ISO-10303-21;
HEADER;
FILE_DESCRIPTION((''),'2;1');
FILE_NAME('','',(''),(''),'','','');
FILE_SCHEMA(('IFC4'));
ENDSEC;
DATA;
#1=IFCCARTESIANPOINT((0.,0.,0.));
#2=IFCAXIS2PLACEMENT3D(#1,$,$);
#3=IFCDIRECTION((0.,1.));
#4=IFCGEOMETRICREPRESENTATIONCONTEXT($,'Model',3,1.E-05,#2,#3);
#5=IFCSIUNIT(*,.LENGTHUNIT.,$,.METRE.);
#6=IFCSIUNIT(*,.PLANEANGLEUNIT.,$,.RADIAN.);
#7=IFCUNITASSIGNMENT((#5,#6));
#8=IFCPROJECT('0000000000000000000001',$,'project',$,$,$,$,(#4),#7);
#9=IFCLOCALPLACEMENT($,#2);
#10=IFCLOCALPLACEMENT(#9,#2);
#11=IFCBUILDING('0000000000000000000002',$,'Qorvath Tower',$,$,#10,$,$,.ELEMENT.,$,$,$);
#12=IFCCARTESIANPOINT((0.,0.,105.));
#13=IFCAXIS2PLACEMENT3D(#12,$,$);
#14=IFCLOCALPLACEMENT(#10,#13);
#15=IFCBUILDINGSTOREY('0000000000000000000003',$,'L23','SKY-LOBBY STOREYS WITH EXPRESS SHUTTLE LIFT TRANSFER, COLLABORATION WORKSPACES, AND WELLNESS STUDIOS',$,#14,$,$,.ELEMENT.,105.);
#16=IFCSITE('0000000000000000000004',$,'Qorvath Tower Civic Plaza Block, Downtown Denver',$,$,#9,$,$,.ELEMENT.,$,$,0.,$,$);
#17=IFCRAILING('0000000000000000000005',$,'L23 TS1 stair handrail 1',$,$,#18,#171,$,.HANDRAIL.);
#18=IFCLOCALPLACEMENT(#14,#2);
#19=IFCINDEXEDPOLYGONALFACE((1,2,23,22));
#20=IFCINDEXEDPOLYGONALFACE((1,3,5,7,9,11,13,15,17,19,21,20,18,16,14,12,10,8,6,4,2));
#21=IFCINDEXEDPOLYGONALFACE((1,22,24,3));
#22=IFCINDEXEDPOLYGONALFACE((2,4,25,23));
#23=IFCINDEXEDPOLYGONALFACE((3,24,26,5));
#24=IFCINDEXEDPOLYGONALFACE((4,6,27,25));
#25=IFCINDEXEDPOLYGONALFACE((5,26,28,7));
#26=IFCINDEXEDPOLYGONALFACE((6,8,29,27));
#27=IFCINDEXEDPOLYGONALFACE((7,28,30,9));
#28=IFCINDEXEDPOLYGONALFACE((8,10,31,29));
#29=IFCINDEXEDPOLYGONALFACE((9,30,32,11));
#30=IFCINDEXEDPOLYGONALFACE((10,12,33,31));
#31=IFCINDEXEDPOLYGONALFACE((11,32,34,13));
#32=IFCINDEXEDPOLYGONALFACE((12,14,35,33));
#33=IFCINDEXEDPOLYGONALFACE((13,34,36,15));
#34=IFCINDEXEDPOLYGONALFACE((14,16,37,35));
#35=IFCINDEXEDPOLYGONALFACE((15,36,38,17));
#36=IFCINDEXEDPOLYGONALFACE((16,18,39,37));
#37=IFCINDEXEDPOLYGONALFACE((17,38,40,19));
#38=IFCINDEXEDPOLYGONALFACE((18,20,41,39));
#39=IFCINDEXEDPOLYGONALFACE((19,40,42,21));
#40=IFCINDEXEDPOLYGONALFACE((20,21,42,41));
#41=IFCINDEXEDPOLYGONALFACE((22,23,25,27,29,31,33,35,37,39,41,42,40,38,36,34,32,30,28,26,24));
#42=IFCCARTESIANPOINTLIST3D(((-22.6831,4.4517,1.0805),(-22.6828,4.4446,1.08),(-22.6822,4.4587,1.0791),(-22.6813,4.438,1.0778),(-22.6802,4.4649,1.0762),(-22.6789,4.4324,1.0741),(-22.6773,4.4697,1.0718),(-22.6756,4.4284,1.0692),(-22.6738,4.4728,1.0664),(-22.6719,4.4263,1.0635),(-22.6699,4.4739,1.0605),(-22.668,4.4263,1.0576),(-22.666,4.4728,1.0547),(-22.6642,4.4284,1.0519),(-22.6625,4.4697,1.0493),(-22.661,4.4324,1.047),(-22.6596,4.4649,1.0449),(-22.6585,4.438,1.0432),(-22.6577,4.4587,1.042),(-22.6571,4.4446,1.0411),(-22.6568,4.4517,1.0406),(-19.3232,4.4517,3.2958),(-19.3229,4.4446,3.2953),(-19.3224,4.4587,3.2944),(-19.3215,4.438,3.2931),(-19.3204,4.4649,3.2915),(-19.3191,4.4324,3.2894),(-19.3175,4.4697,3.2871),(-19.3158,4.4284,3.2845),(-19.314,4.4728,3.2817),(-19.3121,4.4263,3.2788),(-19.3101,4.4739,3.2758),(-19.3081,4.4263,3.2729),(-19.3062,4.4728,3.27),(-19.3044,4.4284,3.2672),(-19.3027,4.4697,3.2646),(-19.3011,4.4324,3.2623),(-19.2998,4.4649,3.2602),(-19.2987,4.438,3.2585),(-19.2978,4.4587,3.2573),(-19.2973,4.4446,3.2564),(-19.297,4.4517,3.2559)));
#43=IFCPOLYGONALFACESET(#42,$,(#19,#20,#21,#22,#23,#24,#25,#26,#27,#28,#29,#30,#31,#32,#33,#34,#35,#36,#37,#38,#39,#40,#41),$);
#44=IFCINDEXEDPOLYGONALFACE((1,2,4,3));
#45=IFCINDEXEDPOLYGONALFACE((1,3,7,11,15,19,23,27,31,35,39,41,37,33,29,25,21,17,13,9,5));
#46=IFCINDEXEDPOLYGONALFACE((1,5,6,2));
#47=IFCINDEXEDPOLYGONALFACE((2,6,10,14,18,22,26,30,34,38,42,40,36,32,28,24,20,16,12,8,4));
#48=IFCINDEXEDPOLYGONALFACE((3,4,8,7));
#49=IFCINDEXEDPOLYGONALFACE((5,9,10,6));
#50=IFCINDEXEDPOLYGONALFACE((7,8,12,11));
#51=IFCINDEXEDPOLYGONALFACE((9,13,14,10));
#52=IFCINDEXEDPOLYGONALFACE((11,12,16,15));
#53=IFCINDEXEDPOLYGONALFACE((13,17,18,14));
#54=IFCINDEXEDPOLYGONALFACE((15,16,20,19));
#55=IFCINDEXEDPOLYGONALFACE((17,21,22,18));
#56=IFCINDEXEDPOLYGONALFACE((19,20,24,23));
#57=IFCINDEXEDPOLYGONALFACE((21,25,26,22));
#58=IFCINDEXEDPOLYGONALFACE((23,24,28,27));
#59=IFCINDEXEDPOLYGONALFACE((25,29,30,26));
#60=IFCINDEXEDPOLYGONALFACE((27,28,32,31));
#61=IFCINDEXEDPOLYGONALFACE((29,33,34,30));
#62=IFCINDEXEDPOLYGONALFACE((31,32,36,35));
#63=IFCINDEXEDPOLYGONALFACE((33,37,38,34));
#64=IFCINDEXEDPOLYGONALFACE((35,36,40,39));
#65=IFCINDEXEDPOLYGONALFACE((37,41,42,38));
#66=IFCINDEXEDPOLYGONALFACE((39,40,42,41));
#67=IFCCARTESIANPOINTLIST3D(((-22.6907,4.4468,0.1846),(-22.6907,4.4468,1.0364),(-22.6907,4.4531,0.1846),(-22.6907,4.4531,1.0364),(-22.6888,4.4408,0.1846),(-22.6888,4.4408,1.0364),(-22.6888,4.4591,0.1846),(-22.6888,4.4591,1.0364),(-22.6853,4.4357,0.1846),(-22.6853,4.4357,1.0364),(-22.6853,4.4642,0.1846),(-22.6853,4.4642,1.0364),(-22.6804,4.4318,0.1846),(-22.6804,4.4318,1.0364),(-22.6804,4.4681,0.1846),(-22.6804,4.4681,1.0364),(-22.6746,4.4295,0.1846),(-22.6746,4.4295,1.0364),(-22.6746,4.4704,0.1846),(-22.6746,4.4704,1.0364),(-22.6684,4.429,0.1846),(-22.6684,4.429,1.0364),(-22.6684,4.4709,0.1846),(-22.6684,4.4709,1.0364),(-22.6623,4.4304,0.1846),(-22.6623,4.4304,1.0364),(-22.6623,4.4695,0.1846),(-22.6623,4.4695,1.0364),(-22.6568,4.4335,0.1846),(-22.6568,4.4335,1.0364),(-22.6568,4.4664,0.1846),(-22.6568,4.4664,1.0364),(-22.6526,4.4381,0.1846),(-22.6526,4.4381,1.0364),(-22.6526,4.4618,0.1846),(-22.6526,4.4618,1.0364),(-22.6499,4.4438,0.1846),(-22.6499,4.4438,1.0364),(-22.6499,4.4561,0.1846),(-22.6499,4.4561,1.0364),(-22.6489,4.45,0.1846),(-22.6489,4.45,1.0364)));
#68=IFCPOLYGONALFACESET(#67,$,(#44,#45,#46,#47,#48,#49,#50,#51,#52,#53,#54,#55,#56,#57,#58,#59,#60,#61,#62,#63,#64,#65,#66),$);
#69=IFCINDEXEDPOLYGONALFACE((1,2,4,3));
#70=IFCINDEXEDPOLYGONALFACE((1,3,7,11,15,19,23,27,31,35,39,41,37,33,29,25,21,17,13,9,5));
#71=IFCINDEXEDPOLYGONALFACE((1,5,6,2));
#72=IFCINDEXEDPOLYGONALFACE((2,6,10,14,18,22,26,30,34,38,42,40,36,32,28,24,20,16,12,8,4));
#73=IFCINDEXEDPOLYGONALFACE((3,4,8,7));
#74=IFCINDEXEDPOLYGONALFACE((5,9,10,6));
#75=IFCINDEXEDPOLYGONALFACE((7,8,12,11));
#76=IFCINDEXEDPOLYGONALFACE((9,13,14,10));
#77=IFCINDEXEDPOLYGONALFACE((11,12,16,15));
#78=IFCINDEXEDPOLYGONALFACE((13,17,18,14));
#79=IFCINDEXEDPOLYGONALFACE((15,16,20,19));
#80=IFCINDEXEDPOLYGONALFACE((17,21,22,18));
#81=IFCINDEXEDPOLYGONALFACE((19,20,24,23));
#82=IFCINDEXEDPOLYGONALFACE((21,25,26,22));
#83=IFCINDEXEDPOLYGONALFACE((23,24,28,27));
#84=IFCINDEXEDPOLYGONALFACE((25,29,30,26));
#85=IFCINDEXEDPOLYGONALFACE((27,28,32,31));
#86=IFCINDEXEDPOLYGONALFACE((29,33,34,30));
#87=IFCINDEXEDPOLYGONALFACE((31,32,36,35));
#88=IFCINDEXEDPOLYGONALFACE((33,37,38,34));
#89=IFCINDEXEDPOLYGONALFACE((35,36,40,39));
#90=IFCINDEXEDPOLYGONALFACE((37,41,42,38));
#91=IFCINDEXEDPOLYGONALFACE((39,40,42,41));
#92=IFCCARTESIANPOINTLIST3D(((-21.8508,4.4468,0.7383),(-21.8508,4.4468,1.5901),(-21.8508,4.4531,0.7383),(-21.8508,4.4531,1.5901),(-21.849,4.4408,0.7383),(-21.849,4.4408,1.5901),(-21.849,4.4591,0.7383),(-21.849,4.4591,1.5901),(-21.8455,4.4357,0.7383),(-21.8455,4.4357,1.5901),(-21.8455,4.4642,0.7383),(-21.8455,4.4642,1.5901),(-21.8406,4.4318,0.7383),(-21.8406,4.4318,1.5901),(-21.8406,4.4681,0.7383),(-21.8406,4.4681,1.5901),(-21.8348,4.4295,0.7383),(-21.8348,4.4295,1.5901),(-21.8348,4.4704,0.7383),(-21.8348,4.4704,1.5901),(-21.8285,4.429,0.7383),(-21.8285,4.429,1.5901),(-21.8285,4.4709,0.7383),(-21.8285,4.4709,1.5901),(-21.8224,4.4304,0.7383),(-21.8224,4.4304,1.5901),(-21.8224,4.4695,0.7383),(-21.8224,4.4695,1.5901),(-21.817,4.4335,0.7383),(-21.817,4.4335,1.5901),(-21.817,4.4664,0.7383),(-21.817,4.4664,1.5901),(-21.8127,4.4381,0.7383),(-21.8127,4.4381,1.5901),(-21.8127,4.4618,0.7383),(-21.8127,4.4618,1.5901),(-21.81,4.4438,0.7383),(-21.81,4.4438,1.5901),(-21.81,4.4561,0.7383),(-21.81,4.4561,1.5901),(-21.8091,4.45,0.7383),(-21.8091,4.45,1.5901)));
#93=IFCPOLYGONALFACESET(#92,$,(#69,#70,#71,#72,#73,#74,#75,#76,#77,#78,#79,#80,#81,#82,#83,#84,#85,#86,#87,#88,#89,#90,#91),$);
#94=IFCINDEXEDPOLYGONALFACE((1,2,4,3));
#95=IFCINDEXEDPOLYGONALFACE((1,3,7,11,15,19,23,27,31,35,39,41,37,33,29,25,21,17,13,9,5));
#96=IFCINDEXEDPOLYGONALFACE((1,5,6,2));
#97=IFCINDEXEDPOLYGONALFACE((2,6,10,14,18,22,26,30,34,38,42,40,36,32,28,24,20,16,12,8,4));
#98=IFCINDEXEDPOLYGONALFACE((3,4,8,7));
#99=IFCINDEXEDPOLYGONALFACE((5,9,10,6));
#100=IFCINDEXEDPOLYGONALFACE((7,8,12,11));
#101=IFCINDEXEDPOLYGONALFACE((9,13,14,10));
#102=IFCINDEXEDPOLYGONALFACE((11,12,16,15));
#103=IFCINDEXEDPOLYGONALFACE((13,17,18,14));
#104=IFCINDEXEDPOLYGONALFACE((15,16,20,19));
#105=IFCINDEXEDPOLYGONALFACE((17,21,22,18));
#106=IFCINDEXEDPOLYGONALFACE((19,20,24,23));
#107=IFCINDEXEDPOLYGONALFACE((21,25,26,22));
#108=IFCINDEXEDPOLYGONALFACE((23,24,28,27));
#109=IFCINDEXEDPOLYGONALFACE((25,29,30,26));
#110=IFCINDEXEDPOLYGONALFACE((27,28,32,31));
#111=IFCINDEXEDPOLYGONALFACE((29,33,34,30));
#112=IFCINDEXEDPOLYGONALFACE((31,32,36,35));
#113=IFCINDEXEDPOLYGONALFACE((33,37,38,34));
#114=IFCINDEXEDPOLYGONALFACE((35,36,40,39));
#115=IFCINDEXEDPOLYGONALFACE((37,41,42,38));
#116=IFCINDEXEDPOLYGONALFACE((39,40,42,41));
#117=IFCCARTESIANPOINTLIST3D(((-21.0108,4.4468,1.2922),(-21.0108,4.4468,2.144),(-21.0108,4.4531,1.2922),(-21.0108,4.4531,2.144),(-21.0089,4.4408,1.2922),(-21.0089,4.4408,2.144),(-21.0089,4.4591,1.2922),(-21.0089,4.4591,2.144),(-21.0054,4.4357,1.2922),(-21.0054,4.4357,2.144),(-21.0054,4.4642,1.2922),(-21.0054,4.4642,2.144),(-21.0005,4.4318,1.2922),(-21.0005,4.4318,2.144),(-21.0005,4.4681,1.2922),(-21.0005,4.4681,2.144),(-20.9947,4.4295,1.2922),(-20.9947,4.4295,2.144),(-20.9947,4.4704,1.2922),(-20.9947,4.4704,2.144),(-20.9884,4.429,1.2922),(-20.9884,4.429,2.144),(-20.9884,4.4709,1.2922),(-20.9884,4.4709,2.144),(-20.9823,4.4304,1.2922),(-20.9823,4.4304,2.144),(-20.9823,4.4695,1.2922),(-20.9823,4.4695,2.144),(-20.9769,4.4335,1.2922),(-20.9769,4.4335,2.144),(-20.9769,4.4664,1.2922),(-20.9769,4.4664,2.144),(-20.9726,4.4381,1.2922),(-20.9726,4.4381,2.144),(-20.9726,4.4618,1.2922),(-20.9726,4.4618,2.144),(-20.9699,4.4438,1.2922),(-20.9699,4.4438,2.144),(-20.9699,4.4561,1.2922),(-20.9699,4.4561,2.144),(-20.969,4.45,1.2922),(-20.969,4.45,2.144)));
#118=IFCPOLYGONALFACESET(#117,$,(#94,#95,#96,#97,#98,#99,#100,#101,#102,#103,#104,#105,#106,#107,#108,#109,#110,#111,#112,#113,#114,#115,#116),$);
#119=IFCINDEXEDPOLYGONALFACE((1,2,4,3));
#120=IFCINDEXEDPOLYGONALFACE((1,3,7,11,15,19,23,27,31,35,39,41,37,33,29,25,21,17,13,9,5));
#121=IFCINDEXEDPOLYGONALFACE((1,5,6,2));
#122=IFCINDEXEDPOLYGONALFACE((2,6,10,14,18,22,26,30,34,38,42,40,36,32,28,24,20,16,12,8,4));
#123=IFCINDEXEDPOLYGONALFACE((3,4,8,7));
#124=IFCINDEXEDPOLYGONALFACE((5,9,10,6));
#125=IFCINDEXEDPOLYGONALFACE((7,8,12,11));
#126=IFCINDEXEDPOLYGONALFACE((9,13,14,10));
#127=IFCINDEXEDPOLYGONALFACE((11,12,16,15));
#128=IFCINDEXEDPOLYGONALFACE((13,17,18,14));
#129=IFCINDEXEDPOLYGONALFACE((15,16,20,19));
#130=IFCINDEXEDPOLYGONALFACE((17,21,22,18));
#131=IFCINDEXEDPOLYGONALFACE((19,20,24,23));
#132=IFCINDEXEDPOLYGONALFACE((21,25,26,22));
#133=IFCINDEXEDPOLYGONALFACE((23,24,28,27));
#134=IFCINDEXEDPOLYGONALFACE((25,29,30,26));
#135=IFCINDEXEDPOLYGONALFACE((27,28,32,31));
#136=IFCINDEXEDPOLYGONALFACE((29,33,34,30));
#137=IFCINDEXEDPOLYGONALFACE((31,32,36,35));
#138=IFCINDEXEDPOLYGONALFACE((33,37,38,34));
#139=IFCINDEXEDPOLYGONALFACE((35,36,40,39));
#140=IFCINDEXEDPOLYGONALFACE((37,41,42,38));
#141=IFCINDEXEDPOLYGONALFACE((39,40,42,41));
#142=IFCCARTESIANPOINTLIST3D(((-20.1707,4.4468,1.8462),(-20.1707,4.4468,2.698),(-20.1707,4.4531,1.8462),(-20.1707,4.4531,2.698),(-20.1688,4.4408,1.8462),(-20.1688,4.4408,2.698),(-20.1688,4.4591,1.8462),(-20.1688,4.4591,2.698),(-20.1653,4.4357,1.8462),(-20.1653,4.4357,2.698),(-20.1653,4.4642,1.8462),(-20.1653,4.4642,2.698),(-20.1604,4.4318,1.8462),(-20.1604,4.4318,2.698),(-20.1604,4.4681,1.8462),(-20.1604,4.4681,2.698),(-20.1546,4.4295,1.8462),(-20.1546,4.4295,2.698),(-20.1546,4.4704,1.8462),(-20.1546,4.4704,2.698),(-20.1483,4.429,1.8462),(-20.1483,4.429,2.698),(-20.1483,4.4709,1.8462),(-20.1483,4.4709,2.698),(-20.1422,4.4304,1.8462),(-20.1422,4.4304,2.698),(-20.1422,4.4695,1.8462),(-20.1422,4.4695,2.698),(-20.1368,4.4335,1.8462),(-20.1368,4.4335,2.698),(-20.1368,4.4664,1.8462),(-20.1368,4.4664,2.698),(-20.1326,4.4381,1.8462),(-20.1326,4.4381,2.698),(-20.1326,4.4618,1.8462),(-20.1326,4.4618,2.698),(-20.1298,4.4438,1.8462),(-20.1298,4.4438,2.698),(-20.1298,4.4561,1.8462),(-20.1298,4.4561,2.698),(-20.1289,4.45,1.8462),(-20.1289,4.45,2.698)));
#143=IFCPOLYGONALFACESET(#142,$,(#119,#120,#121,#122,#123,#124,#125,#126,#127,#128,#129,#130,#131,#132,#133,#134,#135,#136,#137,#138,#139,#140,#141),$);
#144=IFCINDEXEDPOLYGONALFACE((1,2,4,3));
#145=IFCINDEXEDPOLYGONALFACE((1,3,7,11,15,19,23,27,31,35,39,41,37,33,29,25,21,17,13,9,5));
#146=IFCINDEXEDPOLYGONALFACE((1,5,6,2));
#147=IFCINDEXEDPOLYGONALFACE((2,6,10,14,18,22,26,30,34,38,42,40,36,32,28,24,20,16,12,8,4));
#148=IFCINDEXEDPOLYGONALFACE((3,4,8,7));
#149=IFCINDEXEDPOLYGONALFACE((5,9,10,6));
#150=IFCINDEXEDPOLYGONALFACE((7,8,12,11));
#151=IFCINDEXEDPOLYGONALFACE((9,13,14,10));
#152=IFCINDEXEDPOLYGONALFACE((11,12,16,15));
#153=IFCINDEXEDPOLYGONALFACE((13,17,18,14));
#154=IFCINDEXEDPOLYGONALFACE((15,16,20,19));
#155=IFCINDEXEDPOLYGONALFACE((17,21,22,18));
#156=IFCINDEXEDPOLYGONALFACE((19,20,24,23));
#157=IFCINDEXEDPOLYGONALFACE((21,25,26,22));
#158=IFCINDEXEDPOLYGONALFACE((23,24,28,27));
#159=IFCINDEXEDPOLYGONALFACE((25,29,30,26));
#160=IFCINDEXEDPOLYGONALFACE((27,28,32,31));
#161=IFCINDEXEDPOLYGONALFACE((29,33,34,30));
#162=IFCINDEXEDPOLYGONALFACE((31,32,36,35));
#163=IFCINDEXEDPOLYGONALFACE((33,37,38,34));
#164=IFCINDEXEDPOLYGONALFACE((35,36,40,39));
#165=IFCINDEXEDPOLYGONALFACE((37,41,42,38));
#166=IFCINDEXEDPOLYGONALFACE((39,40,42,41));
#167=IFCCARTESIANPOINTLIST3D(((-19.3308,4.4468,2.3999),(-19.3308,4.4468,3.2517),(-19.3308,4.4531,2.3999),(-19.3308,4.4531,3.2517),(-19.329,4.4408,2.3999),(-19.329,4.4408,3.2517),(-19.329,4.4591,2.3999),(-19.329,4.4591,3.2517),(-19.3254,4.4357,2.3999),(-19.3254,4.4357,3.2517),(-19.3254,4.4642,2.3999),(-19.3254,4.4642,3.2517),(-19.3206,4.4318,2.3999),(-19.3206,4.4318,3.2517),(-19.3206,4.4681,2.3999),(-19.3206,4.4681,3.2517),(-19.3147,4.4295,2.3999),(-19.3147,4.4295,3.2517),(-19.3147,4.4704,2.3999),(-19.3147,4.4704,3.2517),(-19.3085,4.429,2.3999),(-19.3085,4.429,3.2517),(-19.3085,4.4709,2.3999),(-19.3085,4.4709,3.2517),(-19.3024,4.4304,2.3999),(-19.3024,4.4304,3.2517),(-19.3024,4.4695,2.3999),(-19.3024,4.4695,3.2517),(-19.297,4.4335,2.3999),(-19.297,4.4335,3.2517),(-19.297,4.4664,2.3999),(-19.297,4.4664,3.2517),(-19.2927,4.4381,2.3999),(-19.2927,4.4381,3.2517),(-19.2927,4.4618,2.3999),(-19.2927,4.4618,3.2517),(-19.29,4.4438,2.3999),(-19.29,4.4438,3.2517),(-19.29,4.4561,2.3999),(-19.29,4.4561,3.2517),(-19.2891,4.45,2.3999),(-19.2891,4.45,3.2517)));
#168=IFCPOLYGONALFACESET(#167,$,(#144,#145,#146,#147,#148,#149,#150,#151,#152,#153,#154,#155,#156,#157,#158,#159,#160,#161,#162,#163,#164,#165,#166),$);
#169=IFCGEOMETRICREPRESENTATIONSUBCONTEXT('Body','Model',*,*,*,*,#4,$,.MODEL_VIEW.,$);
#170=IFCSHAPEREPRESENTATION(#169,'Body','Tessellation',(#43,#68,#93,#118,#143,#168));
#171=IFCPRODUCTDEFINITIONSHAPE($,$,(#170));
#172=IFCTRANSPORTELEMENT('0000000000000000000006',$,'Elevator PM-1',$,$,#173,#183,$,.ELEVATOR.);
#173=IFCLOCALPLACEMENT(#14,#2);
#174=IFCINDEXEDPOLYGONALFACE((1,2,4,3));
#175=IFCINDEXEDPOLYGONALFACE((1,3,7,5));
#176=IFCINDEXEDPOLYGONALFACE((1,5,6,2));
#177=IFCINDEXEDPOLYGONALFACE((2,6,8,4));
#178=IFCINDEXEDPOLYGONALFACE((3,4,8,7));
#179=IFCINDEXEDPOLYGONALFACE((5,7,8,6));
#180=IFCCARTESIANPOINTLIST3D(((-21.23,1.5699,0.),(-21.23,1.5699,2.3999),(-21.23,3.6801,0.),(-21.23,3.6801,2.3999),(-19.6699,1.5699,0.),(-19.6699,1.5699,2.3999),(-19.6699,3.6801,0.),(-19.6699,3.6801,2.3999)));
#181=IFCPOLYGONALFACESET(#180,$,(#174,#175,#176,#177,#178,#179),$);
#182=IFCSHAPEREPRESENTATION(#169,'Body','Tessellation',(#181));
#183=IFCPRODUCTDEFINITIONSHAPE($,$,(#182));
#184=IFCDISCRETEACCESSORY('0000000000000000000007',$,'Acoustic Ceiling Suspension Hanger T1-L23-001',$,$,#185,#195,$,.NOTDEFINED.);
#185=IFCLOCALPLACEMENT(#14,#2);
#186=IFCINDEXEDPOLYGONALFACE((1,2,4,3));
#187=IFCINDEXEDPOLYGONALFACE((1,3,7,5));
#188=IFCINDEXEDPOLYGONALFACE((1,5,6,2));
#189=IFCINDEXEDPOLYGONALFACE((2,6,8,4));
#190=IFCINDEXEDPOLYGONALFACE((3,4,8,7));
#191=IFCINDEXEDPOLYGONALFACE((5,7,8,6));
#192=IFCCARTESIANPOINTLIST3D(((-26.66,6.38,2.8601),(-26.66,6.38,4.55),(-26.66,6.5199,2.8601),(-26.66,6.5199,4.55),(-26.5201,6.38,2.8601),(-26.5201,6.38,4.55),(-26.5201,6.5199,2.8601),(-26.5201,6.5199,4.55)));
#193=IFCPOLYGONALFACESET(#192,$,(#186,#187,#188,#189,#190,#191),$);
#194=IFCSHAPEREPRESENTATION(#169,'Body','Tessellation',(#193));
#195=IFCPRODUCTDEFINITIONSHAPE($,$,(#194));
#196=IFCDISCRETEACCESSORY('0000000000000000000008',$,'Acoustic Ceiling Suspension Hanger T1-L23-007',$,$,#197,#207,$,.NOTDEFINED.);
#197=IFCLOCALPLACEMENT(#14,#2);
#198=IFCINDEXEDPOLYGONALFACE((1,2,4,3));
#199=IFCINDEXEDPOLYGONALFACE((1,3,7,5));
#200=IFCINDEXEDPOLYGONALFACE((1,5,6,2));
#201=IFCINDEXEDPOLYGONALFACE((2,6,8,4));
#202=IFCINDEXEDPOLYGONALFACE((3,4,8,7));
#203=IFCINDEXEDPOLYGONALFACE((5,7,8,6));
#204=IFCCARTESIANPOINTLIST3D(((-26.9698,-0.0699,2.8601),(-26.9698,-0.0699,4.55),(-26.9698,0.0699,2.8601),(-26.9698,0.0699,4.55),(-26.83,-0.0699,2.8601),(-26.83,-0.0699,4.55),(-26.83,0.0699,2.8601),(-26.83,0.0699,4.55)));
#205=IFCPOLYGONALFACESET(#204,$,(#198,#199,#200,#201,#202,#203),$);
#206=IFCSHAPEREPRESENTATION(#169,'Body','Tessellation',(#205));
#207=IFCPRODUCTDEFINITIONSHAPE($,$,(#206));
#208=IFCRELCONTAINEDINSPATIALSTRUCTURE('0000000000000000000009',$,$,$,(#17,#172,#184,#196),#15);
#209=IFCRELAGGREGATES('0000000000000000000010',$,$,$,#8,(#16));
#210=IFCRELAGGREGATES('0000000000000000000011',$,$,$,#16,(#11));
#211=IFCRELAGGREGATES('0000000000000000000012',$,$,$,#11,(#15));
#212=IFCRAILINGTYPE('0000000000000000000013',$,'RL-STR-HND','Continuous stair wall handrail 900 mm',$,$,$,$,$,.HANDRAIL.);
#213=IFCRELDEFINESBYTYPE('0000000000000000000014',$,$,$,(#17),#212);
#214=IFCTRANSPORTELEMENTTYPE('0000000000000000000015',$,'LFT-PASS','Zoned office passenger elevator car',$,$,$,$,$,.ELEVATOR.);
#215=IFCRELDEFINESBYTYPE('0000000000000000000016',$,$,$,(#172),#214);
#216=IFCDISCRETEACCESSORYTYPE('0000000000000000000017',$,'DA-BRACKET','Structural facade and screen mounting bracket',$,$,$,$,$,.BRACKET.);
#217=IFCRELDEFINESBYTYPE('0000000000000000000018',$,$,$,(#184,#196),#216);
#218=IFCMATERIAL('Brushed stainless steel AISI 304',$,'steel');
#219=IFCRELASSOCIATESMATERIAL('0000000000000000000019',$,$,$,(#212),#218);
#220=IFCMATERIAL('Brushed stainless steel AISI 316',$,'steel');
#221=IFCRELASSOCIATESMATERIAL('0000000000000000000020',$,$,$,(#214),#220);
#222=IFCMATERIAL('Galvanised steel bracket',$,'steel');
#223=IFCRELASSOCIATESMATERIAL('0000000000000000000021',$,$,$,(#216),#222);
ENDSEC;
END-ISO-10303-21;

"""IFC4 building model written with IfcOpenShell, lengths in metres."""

from ifc_helpers import new_model, si_unit, direction, frame, origin, origin_2d, place, context, subcontext, project, spatial, rectangle, circle, extrude, material, type_object, element, save


model = new_model("IFC4")

# Units and contexts
model_context = context("Model", 3, precision=1e-05, world=origin(), true_north=direction((0.0, 1.0)))
body_context = subcontext(model_context, "Body", "Model", "MODEL_VIEW")
ifc_project = project(units=[si_unit("LENGTHUNIT", "METRE"), si_unit("PLANEANGLEUNIT", "RADIAN")], contexts=[model_context])

# Site, building, storey
site_placement = place(None, origin())
site = spatial("IfcSite", under=ifc_project, at=site_placement, Name="Qorvath Tower Civic Plaza Block, Downtown Denver", CompositionType="ELEMENT", RefElevation=0.0)
building_placement = place(site_placement, origin())
building = spatial("IfcBuilding", under=site, at=building_placement, Name="Qorvath Tower", CompositionType="ELEMENT")
storey_placement = place(building_placement, frame((0.0, 0.0, 105.0)))
storey = spatial("IfcBuildingStorey", under=building, at=storey_placement, Name="L23", Description="SKY-LOBBY STOREYS WITH EXPRESS SHUTTLE LIFT TRANSFER, COLLABORATION WORKSPACES, AND WELLNESS STUDIOS", CompositionType="ELEMENT", Elevation=105.0)

# Railing
ifc_material_1 = material(Name="Brushed stainless steel AISI 304", Category="steel")
railing_type_1 = type_object("IfcRailingType", Name="RL-STR-HND", Description="Continuous stair wall handrail 900 mm", PredefinedType="HANDRAIL", material=ifc_material_1)
railing_1_placement = place(storey_placement, frame((-22.6699, 4.45, 0.1846)))
element("IfcRailing", 1, at=railing_1_placement, inside=storey, type_object=railing_type_1, Name="L23 TS1 stair handrail 1", PredefinedType="HANDRAIL", context=body_context, shape_type="SweptSolid", body=[
    extrude(circle(Radius=0.0239, at=origin_2d()), frame((0.0, 0.0, 0.876), z_axis=(0.834858, 0.0, 0.550465), x_axis=(0.0, 1.0, 0.0)), (0.0, 0.0, 1.0), 4.0244),
    extrude(circle(Radius=0.021, at=origin_2d()), origin(), (0.0, 0.0, 1.0), 0.8518),
    extrude(circle(Radius=0.021, at=origin_2d()), frame((0.8398, 0.0, 0.5537)), (0.0, 0.0, 1.0), 0.8518),
    extrude(circle(Radius=0.021, at=origin_2d()), frame((1.6799, 0.0, 1.1077)), (0.0, 0.0, 1.0), 0.8518),
    extrude(circle(Radius=0.021, at=origin_2d()), frame((2.52, 0.0, 1.6616)), (0.0, 0.0, 1.0), 0.8518),
    extrude(circle(Radius=0.021, at=origin_2d()), frame((3.3599, 0.0, 2.2153)), (0.0, 0.0, 1.0), 0.8518),
])

# Transport element
ifc_material_2 = material(Name="Brushed stainless steel AISI 316", Category="steel")
transport_element_type = type_object("IfcTransportElementType", Name="LFT-PASS", Description="Zoned office passenger elevator car", PredefinedType="ELEVATOR", material=ifc_material_2)
transport_element_placement = place(storey_placement, frame((-20.45, 2.625, 0.0), z_axis=(0.0, 0.0, 1.0), x_axis=(1.0, 0.0, 0.0)))
element("IfcTransportElement", 2, at=transport_element_placement, inside=storey, type_object=transport_element_type, Name="Elevator PM-1", PredefinedType="ELEVATOR", context=body_context, shape_type="SweptSolid", body=[
    extrude(rectangle(XDim=1.5601, YDim=2.1101, at=origin_2d()), origin(), (0.0, 0.0, 1.0), 2.3999),
])

# Discrete accessories
ifc_material_3 = material(Name="Galvanised steel bracket", Category="steel")
discrete_accessory_type = type_object("IfcDiscreteAccessoryType", Name="DA-BRACKET", Description="Structural facade and screen mounting bracket", PredefinedType="BRACKET", material=ifc_material_3)
for number, where, z_axis, x_axis, name in (
    (3, (-26.5901, 6.45, 2.8601), (0.0, 0.0, 1.0), (1.0, 0.0, 0.0), "Acoustic Ceiling Suspension Hanger T1-L23-001"),
    (4, (-26.8999, 0.0, 2.8601), (0.0, 0.0, 1.0), (1.0, 0.0, 0.0), "Acoustic Ceiling Suspension Hanger T1-L23-007"),
):
    element("IfcDiscreteAccessory", number, at=place(storey_placement, frame(where, z_axis=z_axis, x_axis=x_axis)), inside=storey, type_object=discrete_accessory_type, Name=name, PredefinedType="NOTDEFINED", context=body_context, shape_type="SweptSolid", body=[
        extrude(rectangle(XDim=0.1399, YDim=0.1399, at=origin_2d()), origin(), (0.0, 0.0, 1.0), 1.6899),
    ])

save(model, "model.ifc")
